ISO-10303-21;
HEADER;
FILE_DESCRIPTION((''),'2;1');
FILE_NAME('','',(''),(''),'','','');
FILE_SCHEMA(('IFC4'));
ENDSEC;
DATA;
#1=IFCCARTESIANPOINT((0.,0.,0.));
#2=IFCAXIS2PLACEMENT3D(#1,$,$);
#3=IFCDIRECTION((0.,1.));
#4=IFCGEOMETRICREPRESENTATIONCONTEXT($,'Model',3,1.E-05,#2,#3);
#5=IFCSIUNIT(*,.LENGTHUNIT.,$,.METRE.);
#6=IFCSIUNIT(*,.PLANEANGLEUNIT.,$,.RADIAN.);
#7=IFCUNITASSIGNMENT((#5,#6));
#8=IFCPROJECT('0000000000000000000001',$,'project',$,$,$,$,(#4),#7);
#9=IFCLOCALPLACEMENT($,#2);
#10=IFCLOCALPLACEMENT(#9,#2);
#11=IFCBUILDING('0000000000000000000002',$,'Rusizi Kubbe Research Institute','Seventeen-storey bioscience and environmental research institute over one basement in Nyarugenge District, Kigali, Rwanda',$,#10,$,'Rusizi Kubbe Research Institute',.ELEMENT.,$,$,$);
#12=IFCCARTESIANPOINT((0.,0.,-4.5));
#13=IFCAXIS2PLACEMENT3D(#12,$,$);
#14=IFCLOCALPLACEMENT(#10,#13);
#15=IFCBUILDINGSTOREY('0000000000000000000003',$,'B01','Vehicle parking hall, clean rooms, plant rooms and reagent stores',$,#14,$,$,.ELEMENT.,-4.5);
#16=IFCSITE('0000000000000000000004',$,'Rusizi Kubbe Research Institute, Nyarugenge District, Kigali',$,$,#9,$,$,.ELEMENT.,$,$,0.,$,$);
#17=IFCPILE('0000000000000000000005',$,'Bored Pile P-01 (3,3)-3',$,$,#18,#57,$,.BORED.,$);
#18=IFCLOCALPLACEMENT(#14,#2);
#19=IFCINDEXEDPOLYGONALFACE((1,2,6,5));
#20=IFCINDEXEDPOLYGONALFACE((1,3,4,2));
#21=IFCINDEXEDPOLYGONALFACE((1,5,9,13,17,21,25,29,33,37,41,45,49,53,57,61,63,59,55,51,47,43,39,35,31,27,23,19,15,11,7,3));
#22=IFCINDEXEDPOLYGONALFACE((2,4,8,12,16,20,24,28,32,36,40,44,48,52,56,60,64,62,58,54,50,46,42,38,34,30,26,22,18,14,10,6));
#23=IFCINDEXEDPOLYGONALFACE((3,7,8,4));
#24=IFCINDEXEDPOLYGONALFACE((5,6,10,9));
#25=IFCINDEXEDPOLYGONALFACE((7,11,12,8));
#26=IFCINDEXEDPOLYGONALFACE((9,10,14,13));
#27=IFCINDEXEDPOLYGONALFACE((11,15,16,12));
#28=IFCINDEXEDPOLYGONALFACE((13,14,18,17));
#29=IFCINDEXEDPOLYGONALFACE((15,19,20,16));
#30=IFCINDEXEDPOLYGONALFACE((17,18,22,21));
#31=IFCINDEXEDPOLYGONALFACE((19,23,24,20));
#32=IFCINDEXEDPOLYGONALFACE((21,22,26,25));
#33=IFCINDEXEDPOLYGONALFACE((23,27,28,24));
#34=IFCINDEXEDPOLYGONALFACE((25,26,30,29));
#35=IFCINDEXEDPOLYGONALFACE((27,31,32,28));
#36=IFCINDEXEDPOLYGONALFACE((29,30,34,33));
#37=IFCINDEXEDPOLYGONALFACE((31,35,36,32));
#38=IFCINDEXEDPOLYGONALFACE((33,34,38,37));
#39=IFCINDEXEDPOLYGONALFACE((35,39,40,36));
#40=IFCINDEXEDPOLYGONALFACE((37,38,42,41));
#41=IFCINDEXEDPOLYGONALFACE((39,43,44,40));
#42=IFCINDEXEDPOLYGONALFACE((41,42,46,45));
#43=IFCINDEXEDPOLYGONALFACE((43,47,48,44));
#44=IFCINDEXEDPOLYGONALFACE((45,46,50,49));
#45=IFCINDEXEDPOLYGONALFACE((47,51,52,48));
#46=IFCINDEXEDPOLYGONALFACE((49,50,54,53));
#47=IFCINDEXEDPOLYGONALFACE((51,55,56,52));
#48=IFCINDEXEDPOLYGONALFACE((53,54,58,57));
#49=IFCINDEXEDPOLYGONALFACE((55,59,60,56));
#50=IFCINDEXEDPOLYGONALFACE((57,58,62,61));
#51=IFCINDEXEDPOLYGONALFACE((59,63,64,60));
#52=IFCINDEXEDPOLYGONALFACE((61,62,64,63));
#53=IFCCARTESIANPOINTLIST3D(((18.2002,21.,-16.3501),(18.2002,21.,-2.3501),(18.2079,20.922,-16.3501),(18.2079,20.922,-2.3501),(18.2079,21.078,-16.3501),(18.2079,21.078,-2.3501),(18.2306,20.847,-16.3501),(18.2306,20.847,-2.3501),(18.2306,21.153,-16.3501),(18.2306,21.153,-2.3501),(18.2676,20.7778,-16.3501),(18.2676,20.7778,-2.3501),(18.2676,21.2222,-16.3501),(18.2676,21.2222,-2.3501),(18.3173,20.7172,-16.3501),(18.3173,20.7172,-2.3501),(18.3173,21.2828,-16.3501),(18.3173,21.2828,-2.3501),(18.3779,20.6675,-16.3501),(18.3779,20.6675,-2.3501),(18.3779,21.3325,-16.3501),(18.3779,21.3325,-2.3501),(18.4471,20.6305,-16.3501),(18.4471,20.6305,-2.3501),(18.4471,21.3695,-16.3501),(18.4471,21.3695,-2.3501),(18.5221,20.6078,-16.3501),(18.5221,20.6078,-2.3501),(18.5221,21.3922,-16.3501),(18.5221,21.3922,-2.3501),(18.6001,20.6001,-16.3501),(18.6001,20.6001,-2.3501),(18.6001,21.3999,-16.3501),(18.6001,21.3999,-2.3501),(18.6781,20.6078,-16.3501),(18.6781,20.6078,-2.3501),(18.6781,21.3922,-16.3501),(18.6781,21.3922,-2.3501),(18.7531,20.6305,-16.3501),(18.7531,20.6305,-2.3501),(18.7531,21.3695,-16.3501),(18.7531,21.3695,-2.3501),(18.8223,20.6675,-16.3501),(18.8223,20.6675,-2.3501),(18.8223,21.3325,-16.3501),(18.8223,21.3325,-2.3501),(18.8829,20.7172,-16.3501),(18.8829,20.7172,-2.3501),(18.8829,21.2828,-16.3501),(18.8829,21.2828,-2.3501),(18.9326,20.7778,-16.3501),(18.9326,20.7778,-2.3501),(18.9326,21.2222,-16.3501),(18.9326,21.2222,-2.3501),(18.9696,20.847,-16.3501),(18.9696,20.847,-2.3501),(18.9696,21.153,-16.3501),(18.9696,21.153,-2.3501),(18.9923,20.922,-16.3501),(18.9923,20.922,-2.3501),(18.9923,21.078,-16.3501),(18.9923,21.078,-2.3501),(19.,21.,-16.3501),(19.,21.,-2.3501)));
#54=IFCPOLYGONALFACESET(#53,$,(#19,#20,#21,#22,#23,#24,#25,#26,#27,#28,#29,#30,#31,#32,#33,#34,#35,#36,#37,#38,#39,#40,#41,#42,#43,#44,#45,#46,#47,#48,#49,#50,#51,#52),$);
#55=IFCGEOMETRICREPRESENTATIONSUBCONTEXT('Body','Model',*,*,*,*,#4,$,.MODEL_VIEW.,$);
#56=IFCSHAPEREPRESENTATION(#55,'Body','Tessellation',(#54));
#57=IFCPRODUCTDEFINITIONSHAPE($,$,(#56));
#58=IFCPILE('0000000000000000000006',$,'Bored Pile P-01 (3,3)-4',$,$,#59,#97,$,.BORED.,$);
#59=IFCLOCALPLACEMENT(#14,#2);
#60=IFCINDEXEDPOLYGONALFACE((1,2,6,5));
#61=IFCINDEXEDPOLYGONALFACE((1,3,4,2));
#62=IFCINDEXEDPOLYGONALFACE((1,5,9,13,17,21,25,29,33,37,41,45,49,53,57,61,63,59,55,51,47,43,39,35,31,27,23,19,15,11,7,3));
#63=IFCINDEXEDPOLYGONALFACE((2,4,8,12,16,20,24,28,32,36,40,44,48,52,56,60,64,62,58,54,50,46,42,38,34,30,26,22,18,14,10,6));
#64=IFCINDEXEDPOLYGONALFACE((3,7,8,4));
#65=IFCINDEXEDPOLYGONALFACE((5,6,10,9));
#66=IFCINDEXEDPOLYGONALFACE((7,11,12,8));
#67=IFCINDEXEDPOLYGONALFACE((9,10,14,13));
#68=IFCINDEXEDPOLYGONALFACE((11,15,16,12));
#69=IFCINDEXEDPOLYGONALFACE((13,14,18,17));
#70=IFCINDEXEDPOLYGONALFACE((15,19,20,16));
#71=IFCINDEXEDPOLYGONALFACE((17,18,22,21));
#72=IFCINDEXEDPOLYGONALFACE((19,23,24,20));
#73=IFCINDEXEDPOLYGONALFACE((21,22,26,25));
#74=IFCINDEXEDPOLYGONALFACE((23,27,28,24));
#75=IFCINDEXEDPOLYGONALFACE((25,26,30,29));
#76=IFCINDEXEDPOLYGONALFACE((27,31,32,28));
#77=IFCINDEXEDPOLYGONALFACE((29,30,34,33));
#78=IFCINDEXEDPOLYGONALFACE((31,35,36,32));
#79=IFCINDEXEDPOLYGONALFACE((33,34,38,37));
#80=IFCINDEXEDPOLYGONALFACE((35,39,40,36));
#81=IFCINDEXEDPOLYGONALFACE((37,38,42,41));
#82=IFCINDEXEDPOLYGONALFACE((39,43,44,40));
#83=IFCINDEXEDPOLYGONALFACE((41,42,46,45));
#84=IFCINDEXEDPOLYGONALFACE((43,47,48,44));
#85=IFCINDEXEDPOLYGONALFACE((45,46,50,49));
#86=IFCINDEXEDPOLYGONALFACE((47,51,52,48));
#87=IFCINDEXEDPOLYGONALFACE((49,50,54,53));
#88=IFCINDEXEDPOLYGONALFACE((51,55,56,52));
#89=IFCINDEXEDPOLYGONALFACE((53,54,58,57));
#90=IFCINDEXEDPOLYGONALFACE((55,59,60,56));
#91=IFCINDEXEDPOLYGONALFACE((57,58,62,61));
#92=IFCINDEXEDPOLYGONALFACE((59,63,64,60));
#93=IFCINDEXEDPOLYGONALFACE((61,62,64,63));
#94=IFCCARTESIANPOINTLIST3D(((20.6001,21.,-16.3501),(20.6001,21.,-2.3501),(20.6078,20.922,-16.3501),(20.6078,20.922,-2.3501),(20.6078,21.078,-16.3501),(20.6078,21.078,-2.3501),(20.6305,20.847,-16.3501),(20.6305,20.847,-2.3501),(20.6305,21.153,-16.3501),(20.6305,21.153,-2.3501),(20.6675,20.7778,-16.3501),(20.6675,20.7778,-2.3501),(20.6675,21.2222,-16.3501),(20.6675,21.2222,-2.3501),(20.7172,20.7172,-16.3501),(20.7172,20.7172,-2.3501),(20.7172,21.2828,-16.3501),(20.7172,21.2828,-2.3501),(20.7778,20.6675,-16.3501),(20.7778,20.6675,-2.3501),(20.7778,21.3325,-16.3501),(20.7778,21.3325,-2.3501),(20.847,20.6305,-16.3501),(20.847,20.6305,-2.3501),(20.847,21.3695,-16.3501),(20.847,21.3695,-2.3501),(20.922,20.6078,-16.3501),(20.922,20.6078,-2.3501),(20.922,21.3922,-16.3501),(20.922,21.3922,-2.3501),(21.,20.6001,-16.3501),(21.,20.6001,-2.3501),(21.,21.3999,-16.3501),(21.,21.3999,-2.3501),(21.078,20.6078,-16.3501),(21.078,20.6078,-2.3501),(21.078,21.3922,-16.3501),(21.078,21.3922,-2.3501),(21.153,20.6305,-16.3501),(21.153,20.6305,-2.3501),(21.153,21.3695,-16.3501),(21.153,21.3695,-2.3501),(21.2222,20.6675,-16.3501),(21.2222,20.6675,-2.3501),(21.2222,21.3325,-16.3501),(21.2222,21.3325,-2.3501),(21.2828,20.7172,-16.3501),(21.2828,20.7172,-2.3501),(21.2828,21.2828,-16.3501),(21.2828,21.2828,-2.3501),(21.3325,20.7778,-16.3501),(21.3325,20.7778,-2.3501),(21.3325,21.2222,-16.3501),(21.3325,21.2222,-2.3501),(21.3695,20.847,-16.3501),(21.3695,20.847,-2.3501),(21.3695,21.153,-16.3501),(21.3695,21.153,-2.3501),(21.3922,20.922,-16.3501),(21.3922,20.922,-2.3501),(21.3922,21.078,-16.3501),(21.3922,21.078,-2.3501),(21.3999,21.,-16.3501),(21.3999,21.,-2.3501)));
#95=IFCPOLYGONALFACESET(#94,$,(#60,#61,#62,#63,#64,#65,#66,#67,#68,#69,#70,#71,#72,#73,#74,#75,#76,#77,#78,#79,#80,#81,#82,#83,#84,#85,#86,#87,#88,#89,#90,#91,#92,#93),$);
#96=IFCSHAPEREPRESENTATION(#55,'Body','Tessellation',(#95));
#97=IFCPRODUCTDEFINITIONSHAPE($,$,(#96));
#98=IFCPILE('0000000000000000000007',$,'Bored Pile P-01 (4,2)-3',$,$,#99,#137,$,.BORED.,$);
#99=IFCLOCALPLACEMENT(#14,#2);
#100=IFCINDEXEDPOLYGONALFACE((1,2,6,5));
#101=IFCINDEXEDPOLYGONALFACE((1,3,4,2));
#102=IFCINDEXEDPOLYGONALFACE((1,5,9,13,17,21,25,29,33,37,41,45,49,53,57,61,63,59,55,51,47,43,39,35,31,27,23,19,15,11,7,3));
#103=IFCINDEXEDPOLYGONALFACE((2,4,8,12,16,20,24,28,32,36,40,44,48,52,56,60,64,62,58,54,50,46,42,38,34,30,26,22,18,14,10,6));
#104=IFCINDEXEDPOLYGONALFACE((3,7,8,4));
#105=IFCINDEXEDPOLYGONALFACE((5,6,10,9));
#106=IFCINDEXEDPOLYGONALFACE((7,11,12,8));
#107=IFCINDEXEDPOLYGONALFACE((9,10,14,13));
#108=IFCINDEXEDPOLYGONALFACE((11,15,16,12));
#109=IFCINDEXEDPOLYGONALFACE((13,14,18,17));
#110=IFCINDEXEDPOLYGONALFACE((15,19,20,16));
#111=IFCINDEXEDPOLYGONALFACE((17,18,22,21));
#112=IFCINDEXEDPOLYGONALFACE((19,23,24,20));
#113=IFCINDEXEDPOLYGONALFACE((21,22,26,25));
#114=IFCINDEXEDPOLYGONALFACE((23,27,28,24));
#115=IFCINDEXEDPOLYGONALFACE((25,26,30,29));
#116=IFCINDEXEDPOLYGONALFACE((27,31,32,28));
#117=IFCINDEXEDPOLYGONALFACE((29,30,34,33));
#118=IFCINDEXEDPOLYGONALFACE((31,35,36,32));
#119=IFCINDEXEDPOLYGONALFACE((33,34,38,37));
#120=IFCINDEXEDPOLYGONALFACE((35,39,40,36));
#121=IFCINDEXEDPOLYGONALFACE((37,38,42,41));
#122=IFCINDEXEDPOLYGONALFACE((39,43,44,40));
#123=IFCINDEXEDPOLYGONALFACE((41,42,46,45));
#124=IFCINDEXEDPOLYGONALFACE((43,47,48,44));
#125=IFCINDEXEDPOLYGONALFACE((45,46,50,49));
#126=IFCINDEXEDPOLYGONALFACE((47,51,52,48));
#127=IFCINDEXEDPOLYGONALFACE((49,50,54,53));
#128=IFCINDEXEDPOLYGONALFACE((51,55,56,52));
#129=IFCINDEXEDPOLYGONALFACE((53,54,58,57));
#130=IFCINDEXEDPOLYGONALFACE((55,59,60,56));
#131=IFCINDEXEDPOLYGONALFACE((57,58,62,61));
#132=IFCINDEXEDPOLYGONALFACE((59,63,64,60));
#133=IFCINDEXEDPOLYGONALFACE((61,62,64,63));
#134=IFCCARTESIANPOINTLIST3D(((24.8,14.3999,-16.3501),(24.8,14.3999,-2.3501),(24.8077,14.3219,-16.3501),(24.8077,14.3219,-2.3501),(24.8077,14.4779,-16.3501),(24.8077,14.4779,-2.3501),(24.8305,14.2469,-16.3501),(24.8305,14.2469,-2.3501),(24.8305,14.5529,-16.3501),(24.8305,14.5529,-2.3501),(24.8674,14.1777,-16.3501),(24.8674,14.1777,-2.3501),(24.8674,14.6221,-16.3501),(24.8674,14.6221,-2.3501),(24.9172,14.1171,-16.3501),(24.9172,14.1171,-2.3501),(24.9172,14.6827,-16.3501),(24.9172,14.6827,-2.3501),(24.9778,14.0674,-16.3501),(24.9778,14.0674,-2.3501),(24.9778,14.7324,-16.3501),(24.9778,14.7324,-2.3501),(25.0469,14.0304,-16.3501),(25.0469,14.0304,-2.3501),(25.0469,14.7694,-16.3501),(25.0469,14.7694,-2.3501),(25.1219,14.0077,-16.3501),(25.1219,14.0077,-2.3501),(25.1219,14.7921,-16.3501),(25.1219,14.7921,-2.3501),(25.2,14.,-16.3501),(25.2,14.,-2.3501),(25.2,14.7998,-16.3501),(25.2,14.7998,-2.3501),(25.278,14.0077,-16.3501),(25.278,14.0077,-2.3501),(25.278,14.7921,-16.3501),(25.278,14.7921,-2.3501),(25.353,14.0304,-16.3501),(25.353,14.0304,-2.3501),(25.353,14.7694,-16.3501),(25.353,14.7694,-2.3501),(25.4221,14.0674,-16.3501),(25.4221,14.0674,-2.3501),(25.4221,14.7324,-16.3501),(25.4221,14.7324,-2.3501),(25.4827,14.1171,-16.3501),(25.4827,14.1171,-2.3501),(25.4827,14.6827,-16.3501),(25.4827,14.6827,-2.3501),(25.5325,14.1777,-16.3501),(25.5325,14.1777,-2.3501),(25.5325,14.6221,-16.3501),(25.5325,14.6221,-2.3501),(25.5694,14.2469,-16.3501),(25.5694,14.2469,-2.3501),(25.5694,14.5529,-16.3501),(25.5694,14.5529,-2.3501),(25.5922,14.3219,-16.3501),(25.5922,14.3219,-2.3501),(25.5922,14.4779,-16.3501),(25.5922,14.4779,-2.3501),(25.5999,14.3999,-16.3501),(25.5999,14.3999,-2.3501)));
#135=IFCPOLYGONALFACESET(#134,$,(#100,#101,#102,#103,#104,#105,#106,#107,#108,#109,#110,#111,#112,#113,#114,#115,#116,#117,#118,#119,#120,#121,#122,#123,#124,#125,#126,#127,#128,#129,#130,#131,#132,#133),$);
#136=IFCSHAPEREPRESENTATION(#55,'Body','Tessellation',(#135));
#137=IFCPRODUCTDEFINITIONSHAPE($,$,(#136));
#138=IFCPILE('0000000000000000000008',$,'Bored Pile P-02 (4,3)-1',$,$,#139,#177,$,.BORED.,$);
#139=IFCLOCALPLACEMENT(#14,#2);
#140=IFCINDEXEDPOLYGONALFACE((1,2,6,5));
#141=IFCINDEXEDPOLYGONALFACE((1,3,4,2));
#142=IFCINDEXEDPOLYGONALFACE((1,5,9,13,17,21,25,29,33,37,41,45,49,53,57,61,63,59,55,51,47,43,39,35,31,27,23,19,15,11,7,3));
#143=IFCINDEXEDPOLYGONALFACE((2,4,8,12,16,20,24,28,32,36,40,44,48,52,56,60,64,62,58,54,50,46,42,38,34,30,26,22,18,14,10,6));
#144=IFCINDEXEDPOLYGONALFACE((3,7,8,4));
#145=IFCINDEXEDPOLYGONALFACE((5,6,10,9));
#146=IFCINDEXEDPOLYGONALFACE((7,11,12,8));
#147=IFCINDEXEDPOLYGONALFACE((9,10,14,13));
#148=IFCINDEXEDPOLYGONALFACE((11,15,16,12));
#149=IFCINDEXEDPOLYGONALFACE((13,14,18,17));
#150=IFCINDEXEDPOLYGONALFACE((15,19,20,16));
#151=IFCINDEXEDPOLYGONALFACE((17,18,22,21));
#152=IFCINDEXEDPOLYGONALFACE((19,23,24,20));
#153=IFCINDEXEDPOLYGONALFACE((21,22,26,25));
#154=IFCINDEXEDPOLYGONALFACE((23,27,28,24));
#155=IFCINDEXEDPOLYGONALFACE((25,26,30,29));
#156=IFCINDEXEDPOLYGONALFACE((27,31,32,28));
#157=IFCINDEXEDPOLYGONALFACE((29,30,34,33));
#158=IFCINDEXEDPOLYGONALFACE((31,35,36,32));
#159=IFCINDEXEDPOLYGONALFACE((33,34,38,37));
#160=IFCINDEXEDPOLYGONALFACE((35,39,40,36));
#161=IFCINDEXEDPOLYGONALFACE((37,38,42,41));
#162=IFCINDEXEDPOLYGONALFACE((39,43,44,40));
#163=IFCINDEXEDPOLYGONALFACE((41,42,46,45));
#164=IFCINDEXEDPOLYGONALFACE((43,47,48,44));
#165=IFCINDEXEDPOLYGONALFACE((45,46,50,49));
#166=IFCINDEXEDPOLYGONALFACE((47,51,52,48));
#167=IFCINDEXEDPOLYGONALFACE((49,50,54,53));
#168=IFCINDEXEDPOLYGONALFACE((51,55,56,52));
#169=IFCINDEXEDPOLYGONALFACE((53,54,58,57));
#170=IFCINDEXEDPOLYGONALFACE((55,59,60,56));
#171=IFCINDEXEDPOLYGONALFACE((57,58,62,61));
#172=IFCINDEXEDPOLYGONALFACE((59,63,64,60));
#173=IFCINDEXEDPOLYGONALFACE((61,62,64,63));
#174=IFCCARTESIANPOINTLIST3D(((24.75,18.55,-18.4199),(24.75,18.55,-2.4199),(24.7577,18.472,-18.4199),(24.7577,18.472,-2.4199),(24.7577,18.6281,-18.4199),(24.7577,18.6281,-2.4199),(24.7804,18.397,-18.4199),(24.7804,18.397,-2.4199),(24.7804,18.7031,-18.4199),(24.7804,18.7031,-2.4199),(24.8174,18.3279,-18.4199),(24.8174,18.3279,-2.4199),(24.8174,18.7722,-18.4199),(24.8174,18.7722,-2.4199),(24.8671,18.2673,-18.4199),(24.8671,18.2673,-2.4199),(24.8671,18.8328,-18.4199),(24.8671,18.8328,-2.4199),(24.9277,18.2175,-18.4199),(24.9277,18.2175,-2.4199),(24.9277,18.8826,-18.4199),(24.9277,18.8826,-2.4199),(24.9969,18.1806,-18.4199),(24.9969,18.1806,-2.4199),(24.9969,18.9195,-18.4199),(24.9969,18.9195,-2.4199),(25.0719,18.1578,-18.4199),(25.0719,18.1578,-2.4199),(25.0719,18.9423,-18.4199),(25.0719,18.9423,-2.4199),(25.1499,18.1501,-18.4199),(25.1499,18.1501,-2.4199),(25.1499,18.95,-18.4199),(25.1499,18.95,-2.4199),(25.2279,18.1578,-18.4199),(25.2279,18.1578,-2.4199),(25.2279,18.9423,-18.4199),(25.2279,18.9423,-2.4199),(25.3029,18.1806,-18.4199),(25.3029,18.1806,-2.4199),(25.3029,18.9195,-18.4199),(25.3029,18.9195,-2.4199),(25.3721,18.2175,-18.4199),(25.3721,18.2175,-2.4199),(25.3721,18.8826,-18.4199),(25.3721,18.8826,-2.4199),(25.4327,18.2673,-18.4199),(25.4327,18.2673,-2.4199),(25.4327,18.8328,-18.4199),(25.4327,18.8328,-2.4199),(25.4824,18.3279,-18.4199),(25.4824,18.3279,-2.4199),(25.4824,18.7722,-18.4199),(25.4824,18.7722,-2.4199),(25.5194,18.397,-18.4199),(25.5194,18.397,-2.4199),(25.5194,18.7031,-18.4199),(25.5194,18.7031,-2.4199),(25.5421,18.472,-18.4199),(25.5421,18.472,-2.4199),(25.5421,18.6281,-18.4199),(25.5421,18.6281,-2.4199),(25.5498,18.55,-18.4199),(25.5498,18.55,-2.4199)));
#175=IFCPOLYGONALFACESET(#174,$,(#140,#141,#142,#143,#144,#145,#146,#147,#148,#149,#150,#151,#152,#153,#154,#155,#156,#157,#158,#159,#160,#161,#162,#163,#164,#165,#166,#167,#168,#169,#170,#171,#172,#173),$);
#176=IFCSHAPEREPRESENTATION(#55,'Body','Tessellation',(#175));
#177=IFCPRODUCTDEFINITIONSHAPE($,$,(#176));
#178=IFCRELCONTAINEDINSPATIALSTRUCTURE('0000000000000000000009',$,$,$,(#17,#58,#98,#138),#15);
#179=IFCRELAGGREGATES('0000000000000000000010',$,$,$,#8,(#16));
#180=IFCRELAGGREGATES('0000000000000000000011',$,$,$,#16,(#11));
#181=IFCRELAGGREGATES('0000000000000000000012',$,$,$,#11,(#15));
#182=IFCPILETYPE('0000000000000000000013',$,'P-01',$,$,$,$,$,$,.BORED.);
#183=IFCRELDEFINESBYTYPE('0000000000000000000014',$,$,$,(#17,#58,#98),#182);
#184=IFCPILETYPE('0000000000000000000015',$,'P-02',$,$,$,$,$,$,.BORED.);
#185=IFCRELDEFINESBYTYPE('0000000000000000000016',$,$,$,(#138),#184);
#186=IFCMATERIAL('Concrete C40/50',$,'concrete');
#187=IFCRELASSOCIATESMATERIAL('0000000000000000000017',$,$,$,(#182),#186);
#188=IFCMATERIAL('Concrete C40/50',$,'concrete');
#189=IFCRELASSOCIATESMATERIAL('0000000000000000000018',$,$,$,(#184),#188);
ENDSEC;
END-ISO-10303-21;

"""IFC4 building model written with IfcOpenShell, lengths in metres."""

from ifc_helpers import new_model, si_unit, direction, frame, origin, origin_2d, place, context, subcontext, project, spatial, circle, extrude, material, material_profile, profile_set, type_object, element, save


model = new_model("IFC4")

# Units and contexts
model_context = context("Model", 3, precision=1e-05, world=origin(), true_north=direction((0.0, 1.0)))
body_context = subcontext(model_context, "Body", "Model", "MODEL_VIEW")
ifc_project = project(units=[si_unit("LENGTHUNIT", "METRE"), si_unit("PLANEANGLEUNIT", "RADIAN")], contexts=[model_context])

# Site, building, storey
site_placement = place(None, origin())
site = spatial("IfcSite", under=ifc_project, at=site_placement, Name="Rusizi Kubbe Research Institute, Nyarugenge District, Kigali", CompositionType="ELEMENT", RefElevation=0.0)
building_placement = place(site_placement, origin())
building = spatial("IfcBuilding", under=site, at=building_placement, Name="Rusizi Kubbe Research Institute", Description="Seventeen-storey bioscience and environmental research institute over one basement in Nyarugenge District, Kigali, Rwanda", LongName="Rusizi Kubbe Research Institute", CompositionType="ELEMENT")
storey_placement = place(building_placement, frame((0.0, 0.0, -4.5)))
storey = spatial("IfcBuildingStorey", under=building, at=storey_placement, Name="B01", Description="Vehicle parking hall, clean rooms, plant rooms and reagent stores", CompositionType="ELEMENT", Elevation=-4.5)

# Piles
ifc_material_1 = material(Name="Concrete C40/50", Category="concrete")
ifc_material_profile_1 = material_profile(ifc_material_1, circle(Radius=0.3999, at=origin_2d()), Name="PILE-D800")
ifc_profile_set_1 = profile_set([ifc_material_profile_1], Name="Concrete C40/50")
pile_type_1 = type_object("IfcPileType", Name="P-01", PredefinedType="BORED", material=ifc_profile_set_1)
for number, where, z_axis, x_axis, name in (
    (1, (18.6001, 21.0, -2.3501), (0.0, 0.0, -1.0), (1.0, 0.0, 0.0), "Bored Pile P-01 (3,3)-3"),
    (2, (21.0, 21.0, -2.3501), (0.0, 0.0, -1.0), (1.0, 0.0, 0.0), "Bored Pile P-01 (3,3)-4"),
    (3, (25.2, 14.3999, -2.3501), (0.0, 0.0, -1.0), (1.0, 0.0, 0.0), "Bored Pile P-01 (4,2)-3"),
):
    element("IfcPile", number, at=place(storey_placement, frame(where, z_axis=z_axis, x_axis=x_axis)), inside=storey, type_object=pile_type_1, Name=name, PredefinedType="BORED", context=body_context, shape_type="SweptSolid", body=[
        extrude(circle(Radius=0.3999, at=origin_2d()), origin(), (0.0, 0.0, 1.0), 14.0),
    ])
ifc_material_2 = material(Name="Concrete C40/50", Category="concrete")
ifc_material_profile_2 = material_profile(ifc_material_2, circle(Radius=0.3999, at=origin_2d()), Name="PILE-D800")
ifc_profile_set_2 = profile_set([ifc_material_profile_2], Name="Concrete C40/50")
pile_type_2 = type_object("IfcPileType", Name="P-02", PredefinedType="BORED", material=ifc_profile_set_2)
for number, where, z_axis, x_axis, name in (
    (4, (25.1499, 18.55, -2.4199), (0.0, 0.0, -1.0), (1.0, 0.0, 0.0), "Bored Pile P-02 (4,3)-1"),
):
    element("IfcPile", number, at=place(storey_placement, frame(where, z_axis=z_axis, x_axis=x_axis)), inside=storey, type_object=pile_type_2, Name=name, PredefinedType="BORED", context=body_context, shape_type="SweptSolid", body=[
        extrude(circle(Radius=0.3999, at=origin_2d()), origin(), (0.0, 0.0, 1.0), 16.0),
    ])

save(model, "model.ifc")
